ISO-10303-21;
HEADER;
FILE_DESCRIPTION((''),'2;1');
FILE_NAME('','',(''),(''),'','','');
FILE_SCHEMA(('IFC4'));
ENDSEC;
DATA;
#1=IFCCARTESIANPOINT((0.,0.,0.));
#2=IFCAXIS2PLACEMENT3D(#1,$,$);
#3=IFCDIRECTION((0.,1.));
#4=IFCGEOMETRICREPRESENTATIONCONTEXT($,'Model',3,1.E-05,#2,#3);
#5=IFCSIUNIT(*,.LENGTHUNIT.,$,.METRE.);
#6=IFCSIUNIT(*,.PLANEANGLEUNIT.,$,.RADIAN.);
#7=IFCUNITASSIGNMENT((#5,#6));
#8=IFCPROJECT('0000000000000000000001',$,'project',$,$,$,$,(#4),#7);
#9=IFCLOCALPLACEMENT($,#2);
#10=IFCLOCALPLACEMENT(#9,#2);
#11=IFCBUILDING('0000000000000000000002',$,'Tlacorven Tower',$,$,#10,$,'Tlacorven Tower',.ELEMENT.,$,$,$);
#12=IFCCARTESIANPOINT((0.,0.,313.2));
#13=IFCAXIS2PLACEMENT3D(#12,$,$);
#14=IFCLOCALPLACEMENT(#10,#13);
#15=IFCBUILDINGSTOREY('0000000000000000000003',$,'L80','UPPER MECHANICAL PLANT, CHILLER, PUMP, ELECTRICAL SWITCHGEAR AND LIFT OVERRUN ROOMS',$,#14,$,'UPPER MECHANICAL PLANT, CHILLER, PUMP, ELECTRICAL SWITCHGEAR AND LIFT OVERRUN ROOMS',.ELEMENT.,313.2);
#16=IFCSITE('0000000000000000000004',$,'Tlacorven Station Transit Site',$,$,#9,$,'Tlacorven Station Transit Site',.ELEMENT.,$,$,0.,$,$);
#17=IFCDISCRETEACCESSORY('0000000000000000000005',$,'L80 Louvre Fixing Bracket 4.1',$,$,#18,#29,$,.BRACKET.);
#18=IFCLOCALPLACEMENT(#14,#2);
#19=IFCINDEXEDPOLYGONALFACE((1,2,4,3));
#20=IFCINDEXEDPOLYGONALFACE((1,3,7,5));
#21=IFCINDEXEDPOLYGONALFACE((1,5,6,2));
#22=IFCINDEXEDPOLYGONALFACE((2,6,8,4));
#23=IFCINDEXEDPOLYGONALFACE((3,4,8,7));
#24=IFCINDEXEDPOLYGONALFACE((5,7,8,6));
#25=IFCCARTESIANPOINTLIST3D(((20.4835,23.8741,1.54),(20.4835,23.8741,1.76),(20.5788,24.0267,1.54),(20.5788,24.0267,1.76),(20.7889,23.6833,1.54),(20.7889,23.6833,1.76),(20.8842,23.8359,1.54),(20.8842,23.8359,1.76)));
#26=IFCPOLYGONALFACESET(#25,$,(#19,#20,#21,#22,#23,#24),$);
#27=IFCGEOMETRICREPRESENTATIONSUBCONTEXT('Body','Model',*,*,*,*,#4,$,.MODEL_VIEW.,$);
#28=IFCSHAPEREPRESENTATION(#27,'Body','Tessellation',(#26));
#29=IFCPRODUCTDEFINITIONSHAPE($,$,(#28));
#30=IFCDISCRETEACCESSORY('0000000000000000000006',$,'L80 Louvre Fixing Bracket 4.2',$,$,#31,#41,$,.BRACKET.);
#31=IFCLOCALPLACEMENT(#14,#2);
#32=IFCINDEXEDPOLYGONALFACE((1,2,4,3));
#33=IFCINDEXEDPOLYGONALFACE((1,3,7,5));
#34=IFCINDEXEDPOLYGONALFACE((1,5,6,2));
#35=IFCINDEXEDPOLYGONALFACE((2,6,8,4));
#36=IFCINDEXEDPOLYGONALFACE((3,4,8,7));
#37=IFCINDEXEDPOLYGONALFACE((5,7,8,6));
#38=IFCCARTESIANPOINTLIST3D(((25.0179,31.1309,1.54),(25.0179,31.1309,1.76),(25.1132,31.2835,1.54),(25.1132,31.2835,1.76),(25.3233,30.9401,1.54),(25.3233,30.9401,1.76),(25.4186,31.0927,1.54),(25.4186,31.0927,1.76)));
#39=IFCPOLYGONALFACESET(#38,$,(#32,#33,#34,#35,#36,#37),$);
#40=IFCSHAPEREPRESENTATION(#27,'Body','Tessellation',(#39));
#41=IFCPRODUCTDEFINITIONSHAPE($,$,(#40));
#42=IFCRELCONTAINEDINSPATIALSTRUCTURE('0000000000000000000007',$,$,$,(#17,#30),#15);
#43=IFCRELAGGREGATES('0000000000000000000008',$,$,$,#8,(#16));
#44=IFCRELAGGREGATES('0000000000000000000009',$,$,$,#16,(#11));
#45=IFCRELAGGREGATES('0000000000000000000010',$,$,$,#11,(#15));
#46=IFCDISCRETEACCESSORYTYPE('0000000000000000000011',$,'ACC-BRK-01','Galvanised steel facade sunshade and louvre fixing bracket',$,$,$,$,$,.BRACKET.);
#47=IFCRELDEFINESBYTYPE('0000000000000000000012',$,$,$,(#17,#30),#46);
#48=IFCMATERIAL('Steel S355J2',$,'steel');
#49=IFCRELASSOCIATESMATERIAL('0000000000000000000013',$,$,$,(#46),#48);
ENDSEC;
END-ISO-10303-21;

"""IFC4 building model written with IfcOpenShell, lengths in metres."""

from ifc_helpers import new_model, si_unit, direction, frame, origin, origin_2d, place, context, subcontext, project, spatial, rectangle, extrude, source, transform, mapped, material, type_object, element, save


model = new_model("IFC4")

# Units and contexts
model_context = context("Model", 3, precision=1e-05, world=origin(), true_north=direction((0.0, 1.0)))
body_context = subcontext(model_context, "Body", "Model", "MODEL_VIEW")
ifc_project = project(units=[si_unit("LENGTHUNIT", "METRE"), si_unit("PLANEANGLEUNIT", "RADIAN")], contexts=[model_context])

# Site, building, storey
site_placement = place(None, origin())
site = spatial("IfcSite", under=ifc_project, at=site_placement, Name="Tlacorven Station Transit Site", LongName="Tlacorven Station Transit Site", CompositionType="ELEMENT", RefElevation=0.0)
building_placement = place(site_placement, origin())
building = spatial("IfcBuilding", under=site, at=building_placement, Name="Tlacorven Tower", LongName="Tlacorven Tower", CompositionType="ELEMENT")
storey_placement = place(building_placement, frame((0.0, 0.0, 313.2)))
storey = spatial("IfcBuildingStorey", under=building, at=storey_placement, Name="L80", Description="UPPER MECHANICAL PLANT, CHILLER, PUMP, ELECTRICAL SWITCHGEAR AND LIFT OVERRUN ROOMS", LongName="UPPER MECHANICAL PLANT, CHILLER, PUMP, ELECTRICAL SWITCHGEAR AND LIFT OVERRUN ROOMS", CompositionType="ELEMENT", Elevation=313.2)

# Discrete accessories
ifc_material_1 = material(Name="Steel S355J2", Category="steel")
discrete_accessory_type = type_object("IfcDiscreteAccessoryType", Name="ACC-BRK-01", Description="Galvanised steel facade sunshade and louvre fixing bracket", PredefinedType="BRACKET", material=ifc_material_1)
shared_shape_1 = source(origin(), body_context, "Body", "SweptSolid", [
    extrude(rectangle(XDim=0.1799, YDim=0.3601, at=origin_2d()), origin(), (0.0, 0.0, 1.0), 0.22),
])
for number, where, z_axis, x_axis, name in (
    (1, (20.6838, 23.855, 1.54), (0.0, 0.0, 1.0), (0.529919, 0.848048, 0.0), "L80 Louvre Fixing Bracket 4.1"),
    (2, (25.2183, 31.1118, 1.54), (0.0, 0.0, 1.0), (0.529919, 0.848048, 0.0), "L80 Louvre Fixing Bracket 4.2"),
):
    element("IfcDiscreteAccessory", number, at=place(storey_placement, frame(where, z_axis=z_axis, x_axis=x_axis)), inside=storey, type_object=discrete_accessory_type, Name=name, PredefinedType="BRACKET", context=body_context, shape_type="MappedRepresentation", body=[
        mapped(shared_shape_1, transform((0.0, 0.0, 0.0), scale=1.0)),
    ])

save(model, "model.ifc")
